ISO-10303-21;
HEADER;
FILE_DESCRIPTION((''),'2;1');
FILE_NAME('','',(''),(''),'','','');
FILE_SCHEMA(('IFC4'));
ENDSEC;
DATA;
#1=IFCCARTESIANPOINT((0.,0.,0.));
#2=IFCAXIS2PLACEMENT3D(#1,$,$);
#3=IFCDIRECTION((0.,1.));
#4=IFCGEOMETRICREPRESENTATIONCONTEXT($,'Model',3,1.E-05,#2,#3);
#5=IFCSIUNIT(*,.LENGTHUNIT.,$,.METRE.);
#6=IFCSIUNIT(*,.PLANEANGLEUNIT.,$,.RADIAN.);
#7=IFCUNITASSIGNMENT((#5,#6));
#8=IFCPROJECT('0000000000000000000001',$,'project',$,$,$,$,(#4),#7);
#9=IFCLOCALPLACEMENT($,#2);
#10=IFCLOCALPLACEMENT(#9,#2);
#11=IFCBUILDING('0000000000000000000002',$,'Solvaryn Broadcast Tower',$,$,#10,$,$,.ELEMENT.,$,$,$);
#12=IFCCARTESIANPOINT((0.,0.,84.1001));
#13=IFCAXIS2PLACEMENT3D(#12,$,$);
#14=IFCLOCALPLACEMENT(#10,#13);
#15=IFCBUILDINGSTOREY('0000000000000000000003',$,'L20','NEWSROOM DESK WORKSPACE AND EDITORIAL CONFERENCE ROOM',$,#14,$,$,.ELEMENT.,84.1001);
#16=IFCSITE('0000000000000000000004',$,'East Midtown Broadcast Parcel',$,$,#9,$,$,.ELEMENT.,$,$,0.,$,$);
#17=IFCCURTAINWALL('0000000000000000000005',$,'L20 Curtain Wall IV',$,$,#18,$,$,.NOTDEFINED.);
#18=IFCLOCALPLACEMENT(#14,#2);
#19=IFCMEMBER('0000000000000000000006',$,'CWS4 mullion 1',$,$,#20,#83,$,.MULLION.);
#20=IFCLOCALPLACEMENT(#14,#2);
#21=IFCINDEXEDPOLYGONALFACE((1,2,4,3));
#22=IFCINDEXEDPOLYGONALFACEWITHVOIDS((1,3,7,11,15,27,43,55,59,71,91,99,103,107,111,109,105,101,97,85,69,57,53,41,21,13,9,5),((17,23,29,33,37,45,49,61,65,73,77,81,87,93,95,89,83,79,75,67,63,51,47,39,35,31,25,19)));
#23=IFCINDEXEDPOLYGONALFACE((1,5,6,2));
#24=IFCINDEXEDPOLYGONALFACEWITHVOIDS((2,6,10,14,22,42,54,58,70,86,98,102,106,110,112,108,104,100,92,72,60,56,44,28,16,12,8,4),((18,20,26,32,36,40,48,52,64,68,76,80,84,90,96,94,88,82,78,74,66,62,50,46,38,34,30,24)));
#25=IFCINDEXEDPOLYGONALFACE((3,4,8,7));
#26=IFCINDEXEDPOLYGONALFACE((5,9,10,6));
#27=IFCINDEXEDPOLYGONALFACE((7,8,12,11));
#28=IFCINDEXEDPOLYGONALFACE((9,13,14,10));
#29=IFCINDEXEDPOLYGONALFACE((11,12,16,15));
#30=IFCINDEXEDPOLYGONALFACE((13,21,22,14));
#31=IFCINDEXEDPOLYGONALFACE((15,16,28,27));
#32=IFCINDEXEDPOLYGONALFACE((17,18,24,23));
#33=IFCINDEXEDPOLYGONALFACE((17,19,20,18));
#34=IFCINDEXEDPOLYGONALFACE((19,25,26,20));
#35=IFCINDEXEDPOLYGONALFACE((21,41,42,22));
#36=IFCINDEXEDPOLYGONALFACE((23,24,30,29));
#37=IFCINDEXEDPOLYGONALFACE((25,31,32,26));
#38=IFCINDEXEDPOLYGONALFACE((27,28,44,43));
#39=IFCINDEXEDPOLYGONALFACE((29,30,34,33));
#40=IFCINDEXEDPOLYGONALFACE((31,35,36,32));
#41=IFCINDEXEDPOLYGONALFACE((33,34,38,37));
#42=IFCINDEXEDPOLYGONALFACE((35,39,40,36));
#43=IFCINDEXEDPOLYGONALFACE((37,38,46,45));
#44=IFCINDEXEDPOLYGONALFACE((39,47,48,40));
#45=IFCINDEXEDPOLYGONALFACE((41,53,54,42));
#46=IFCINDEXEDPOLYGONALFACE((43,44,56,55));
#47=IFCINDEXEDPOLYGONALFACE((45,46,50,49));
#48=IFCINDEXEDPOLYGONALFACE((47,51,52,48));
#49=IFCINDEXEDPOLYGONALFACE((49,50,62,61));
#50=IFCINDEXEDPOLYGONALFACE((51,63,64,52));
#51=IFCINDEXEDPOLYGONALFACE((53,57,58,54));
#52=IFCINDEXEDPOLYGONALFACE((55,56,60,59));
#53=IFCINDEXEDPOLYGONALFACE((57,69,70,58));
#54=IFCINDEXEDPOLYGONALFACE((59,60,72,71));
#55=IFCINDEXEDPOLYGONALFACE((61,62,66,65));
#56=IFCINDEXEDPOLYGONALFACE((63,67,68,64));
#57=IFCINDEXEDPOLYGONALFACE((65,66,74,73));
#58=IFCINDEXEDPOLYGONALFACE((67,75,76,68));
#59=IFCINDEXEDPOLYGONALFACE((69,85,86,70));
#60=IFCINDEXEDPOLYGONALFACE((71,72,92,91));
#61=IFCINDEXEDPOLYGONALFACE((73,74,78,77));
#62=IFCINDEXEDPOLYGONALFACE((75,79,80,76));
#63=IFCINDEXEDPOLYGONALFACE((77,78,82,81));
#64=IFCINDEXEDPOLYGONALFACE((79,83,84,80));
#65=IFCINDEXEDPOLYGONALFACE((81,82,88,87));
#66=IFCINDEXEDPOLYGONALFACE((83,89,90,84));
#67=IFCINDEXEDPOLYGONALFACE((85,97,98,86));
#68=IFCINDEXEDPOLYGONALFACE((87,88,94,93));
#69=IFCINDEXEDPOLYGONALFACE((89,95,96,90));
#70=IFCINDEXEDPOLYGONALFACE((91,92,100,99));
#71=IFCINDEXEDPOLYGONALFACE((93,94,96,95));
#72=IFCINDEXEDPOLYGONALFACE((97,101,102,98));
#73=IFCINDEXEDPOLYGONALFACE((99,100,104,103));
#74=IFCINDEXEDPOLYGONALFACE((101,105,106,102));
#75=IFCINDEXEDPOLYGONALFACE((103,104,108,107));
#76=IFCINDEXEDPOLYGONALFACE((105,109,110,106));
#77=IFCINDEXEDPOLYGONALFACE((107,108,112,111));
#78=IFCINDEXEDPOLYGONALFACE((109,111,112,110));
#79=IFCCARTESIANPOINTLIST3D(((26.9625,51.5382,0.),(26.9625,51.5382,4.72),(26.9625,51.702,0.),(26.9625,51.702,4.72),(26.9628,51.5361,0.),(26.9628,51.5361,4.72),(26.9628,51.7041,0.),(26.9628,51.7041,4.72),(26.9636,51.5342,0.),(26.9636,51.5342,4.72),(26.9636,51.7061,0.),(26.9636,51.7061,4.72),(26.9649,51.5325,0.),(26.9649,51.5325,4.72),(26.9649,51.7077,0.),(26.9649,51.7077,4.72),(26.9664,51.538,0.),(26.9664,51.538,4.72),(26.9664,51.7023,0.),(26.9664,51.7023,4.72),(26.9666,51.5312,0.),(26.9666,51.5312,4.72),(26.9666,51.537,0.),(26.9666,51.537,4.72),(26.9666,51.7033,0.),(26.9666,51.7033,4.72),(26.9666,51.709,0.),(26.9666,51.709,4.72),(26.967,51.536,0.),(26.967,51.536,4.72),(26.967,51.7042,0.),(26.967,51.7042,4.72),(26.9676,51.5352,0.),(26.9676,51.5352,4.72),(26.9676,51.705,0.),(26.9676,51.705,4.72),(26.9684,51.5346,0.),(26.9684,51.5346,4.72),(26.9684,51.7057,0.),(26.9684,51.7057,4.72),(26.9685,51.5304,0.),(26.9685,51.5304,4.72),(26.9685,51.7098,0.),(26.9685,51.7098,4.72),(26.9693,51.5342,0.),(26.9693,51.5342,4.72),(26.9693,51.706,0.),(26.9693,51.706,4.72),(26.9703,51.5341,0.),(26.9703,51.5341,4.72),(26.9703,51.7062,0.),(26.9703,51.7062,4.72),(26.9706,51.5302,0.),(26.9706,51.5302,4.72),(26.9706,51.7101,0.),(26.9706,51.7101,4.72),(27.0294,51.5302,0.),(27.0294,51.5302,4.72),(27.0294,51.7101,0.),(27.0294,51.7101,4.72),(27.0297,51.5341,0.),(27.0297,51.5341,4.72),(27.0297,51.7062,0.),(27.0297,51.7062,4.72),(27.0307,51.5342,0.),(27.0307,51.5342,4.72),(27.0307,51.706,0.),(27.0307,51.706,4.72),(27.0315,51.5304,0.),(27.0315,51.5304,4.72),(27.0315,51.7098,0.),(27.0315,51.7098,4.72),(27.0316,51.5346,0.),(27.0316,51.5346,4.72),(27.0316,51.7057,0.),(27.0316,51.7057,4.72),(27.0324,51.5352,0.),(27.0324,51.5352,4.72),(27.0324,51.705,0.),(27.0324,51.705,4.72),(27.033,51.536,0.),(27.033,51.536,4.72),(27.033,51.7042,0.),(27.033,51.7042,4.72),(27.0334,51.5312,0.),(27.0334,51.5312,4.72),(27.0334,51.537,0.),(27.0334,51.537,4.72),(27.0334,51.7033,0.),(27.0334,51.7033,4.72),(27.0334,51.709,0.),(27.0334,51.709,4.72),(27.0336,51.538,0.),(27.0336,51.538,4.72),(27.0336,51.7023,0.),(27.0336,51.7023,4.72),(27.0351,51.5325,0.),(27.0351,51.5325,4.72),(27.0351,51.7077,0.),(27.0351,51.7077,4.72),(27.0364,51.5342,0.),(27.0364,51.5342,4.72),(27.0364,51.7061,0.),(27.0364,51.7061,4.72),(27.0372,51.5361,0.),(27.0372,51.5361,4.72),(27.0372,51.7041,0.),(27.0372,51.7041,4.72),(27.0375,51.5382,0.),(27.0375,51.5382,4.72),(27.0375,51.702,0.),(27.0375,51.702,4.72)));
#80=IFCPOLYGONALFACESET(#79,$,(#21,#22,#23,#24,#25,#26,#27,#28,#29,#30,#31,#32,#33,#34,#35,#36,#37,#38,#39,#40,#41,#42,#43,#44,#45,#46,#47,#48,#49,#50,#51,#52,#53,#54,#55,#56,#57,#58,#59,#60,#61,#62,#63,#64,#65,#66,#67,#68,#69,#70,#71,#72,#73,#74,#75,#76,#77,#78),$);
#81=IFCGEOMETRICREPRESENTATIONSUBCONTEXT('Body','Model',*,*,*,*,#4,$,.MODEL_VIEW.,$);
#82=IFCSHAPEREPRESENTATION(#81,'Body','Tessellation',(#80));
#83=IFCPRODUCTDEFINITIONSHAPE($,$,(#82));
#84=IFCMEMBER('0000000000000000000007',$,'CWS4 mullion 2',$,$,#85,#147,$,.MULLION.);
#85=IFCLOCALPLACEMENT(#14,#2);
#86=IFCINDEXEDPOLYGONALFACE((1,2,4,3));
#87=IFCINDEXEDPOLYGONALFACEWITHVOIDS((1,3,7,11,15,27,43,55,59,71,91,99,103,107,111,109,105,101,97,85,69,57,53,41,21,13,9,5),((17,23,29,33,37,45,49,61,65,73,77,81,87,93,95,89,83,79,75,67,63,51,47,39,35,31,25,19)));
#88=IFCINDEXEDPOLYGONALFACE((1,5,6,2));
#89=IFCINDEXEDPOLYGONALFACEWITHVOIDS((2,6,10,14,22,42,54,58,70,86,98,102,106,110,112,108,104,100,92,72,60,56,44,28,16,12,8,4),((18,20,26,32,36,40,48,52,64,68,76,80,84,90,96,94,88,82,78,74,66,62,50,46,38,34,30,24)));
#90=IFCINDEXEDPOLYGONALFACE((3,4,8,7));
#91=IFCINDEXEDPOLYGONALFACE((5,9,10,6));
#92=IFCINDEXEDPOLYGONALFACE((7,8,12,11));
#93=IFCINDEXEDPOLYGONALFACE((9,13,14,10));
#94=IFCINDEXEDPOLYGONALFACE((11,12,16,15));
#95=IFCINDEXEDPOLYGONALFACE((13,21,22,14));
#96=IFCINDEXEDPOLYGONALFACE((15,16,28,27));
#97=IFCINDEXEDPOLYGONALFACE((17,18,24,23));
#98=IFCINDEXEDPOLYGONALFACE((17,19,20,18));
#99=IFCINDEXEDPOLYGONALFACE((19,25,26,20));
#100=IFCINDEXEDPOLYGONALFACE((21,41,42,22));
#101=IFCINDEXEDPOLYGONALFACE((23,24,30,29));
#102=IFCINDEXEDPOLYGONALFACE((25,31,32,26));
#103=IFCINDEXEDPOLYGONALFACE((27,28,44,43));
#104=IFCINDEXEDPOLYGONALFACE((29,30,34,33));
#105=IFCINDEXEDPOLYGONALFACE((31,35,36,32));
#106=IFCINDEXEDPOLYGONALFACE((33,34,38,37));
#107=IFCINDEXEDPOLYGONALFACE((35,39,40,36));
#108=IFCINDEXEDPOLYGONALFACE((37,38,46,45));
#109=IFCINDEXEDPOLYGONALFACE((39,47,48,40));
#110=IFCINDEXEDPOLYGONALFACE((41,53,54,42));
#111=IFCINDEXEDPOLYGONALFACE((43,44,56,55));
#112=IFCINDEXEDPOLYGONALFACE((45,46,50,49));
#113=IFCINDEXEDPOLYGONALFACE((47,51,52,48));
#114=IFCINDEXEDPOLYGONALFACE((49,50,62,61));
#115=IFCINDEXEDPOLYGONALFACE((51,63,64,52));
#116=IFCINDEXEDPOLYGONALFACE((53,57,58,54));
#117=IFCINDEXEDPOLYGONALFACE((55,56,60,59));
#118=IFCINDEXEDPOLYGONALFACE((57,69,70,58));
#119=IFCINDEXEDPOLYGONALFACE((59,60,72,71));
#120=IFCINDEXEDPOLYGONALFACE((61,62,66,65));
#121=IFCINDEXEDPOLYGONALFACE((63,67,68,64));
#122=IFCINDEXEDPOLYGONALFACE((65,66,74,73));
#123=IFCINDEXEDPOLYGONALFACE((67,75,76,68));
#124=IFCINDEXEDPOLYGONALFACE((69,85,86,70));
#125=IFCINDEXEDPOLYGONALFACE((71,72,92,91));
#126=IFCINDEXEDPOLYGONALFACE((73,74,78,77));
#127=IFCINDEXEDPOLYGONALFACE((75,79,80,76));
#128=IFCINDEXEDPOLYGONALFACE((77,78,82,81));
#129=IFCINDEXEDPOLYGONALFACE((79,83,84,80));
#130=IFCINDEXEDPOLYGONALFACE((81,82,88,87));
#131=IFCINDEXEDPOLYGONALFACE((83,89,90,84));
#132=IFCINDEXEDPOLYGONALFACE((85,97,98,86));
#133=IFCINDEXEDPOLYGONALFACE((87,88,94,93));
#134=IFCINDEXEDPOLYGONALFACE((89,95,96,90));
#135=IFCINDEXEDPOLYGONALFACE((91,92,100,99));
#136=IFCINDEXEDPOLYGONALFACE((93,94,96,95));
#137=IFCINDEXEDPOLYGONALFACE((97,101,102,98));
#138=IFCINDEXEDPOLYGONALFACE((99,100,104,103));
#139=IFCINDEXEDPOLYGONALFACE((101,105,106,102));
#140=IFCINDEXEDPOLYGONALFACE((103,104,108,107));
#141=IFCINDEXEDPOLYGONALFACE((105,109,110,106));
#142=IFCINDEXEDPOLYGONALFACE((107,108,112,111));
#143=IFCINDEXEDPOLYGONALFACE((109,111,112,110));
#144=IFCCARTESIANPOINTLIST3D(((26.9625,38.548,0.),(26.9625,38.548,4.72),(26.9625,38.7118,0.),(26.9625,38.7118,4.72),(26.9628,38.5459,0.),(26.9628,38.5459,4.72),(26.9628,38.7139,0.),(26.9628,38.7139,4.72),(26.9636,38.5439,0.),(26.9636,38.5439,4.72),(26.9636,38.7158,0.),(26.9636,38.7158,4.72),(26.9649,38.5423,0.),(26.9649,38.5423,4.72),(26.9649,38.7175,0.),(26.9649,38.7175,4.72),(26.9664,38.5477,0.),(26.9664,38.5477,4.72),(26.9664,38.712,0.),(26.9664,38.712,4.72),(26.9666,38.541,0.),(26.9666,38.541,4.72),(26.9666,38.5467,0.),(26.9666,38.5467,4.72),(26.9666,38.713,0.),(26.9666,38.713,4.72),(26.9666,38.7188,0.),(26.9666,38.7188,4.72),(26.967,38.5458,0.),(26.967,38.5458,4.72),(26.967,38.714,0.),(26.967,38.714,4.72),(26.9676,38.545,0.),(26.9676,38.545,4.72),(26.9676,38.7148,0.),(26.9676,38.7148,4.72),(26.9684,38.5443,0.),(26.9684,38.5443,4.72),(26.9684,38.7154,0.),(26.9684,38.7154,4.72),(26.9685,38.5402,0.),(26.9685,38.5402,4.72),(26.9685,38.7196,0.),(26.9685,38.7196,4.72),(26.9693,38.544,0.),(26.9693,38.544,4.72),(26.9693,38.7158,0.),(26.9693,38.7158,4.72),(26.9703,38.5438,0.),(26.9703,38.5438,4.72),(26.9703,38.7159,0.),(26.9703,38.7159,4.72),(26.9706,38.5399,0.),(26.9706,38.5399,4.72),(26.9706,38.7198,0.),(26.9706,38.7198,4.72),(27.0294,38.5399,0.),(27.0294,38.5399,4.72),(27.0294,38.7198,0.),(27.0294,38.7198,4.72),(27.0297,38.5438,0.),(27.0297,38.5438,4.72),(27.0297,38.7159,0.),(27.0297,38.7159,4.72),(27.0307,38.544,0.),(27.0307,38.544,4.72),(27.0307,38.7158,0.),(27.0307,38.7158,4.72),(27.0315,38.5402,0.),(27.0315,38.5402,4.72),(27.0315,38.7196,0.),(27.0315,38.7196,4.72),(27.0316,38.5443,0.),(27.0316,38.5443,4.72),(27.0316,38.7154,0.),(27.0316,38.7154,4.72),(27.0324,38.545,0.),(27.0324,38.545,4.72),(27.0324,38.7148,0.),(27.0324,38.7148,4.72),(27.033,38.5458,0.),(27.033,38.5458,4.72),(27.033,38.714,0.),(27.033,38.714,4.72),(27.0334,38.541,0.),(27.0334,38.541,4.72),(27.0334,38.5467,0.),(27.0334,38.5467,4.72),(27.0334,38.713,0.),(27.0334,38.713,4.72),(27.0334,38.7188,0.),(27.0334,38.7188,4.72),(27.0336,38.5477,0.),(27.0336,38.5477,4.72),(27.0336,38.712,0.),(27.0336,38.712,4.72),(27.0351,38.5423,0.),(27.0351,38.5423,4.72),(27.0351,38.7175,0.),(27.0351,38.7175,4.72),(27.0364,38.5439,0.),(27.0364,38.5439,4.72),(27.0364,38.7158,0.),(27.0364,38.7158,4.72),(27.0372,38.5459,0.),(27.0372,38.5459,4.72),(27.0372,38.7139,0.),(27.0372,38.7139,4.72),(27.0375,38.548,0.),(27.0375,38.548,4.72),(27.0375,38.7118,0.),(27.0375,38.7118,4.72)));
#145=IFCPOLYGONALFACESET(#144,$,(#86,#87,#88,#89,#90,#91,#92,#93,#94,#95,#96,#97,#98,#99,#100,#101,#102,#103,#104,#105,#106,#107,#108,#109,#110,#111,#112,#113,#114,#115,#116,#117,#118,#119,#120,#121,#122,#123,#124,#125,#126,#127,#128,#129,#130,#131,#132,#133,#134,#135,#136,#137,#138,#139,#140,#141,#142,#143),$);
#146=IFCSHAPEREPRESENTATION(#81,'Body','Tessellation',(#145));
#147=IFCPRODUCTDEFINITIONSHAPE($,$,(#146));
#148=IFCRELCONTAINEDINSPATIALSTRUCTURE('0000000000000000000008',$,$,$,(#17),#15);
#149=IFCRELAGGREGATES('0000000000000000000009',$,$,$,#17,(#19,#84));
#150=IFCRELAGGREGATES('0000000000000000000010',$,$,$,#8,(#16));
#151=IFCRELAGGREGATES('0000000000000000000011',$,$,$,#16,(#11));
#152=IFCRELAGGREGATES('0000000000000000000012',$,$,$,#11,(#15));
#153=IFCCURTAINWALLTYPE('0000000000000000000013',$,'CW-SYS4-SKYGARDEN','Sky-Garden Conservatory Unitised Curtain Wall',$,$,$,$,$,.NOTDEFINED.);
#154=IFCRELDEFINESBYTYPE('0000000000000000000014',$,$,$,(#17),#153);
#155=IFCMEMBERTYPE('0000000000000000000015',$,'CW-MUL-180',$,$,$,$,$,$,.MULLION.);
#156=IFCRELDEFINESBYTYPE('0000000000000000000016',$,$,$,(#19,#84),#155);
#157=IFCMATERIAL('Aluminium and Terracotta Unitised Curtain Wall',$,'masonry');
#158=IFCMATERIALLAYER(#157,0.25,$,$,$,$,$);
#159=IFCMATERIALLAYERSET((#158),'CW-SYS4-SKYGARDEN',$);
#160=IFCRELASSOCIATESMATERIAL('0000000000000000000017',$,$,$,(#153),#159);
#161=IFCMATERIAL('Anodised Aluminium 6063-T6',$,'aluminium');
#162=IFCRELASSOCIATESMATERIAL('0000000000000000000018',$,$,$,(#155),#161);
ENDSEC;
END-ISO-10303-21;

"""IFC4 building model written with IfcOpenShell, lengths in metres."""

from ifc_helpers import new_model, si_unit, direction, frame, origin, origin_2d, place, context, subcontext, project, spatial, hollow_rectangle, extrude, material, layer, layer_set, material_profile, profile_set, type_object, element, aggregate, save


model = new_model("IFC4")

# Units and contexts
model_context = context("Model", 3, precision=1e-05, world=origin(), true_north=direction((0.0, 1.0)))
body_context = subcontext(model_context, "Body", "Model", "MODEL_VIEW")
ifc_project = project(units=[si_unit("LENGTHUNIT", "METRE"), si_unit("PLANEANGLEUNIT", "RADIAN")], contexts=[model_context])

# Site, building, storey
site_placement = place(None, origin())
site = spatial("IfcSite", under=ifc_project, at=site_placement, Name="East Midtown Broadcast Parcel", CompositionType="ELEMENT", RefElevation=0.0)
building_placement = place(site_placement, origin())
building = spatial("IfcBuilding", under=site, at=building_placement, Name="Solvaryn Broadcast Tower", CompositionType="ELEMENT")
storey_placement = place(building_placement, frame((0.0, 0.0, 84.1001)))
storey = spatial("IfcBuildingStorey", under=building, at=storey_placement, Name="L20", Description="NEWSROOM DESK WORKSPACE AND EDITORIAL CONFERENCE ROOM", CompositionType="ELEMENT", Elevation=84.1001)

# Curtain wall, members
ifc_material_1 = material(Name="Aluminium and Terracotta Unitised Curtain Wall", Category="masonry")
ifc_layer_1 = layer(ifc_material_1, 0.25)
ifc_layer_set_1 = layer_set([ifc_layer_1], Name="CW-SYS4-SKYGARDEN")
curtain_wall_type = type_object("IfcCurtainWallType", Name="CW-SYS4-SKYGARDEN", Description="Sky-Garden Conservatory Unitised Curtain Wall", PredefinedType="NOTDEFINED", material=ifc_layer_set_1)
curtain_wall_1_placement = place(storey_placement, origin())
curtain_wall_1 = element("IfcCurtainWall", 1, at=curtain_wall_1_placement, inside=storey, type_object=curtain_wall_type, Name="L20 Curtain Wall IV", PredefinedType="NOTDEFINED")
ifc_material_2 = material(Name="Anodised Aluminium 6063-T6", Category="aluminium")
ifc_material_profile_1 = material_profile(ifc_material_2, hollow_rectangle(XDim=0.075, YDim=0.1799, WallThickness=0.0039, InnerFilletRadius=0.0039, OuterFilletRadius=0.0081, at=origin_2d()))
ifc_profile_set_1 = profile_set([ifc_material_profile_1], Name="Anodised Aluminium 6063-T6")
member_type_1 = type_object("IfcMemberType", Name="CW-MUL-180", PredefinedType="MULLION", material=ifc_profile_set_1)
member_1_placement = place(storey_placement, frame((27.0, 51.6201, 0.0), z_axis=(0.0, 0.0, 1.0), x_axis=(1.0, 0.0, 0.0)))
member_1 = element("IfcMember", 2, at=member_1_placement, type_object=member_type_1, Name="CWS4 mullion 1", PredefinedType="MULLION", context=body_context, shape_type="SweptSolid", body=[
    extrude(hollow_rectangle(XDim=0.075, YDim=0.1799, WallThickness=0.0039, InnerFilletRadius=0.0039, OuterFilletRadius=0.0081, at=origin_2d()), origin(), (0.0, 0.0, 1.0), 4.72),
])
member_2_placement = place(storey_placement, frame((27.0, 38.6299, 0.0), z_axis=(0.0, 0.0, 1.0), x_axis=(1.0, 0.0, 0.0)))
member_2 = element("IfcMember", 3, at=member_2_placement, type_object=member_type_1, Name="CWS4 mullion 2", PredefinedType="MULLION", context=body_context, shape_type="SweptSolid", body=[
    extrude(hollow_rectangle(XDim=0.075, YDim=0.1799, WallThickness=0.0039, InnerFilletRadius=0.0039, OuterFilletRadius=0.0081, at=origin_2d()), origin(), (0.0, 0.0, 1.0), 4.72),
])

aggregate(curtain_wall_1, [member_1, member_2])

save(model, "model.ifc")
